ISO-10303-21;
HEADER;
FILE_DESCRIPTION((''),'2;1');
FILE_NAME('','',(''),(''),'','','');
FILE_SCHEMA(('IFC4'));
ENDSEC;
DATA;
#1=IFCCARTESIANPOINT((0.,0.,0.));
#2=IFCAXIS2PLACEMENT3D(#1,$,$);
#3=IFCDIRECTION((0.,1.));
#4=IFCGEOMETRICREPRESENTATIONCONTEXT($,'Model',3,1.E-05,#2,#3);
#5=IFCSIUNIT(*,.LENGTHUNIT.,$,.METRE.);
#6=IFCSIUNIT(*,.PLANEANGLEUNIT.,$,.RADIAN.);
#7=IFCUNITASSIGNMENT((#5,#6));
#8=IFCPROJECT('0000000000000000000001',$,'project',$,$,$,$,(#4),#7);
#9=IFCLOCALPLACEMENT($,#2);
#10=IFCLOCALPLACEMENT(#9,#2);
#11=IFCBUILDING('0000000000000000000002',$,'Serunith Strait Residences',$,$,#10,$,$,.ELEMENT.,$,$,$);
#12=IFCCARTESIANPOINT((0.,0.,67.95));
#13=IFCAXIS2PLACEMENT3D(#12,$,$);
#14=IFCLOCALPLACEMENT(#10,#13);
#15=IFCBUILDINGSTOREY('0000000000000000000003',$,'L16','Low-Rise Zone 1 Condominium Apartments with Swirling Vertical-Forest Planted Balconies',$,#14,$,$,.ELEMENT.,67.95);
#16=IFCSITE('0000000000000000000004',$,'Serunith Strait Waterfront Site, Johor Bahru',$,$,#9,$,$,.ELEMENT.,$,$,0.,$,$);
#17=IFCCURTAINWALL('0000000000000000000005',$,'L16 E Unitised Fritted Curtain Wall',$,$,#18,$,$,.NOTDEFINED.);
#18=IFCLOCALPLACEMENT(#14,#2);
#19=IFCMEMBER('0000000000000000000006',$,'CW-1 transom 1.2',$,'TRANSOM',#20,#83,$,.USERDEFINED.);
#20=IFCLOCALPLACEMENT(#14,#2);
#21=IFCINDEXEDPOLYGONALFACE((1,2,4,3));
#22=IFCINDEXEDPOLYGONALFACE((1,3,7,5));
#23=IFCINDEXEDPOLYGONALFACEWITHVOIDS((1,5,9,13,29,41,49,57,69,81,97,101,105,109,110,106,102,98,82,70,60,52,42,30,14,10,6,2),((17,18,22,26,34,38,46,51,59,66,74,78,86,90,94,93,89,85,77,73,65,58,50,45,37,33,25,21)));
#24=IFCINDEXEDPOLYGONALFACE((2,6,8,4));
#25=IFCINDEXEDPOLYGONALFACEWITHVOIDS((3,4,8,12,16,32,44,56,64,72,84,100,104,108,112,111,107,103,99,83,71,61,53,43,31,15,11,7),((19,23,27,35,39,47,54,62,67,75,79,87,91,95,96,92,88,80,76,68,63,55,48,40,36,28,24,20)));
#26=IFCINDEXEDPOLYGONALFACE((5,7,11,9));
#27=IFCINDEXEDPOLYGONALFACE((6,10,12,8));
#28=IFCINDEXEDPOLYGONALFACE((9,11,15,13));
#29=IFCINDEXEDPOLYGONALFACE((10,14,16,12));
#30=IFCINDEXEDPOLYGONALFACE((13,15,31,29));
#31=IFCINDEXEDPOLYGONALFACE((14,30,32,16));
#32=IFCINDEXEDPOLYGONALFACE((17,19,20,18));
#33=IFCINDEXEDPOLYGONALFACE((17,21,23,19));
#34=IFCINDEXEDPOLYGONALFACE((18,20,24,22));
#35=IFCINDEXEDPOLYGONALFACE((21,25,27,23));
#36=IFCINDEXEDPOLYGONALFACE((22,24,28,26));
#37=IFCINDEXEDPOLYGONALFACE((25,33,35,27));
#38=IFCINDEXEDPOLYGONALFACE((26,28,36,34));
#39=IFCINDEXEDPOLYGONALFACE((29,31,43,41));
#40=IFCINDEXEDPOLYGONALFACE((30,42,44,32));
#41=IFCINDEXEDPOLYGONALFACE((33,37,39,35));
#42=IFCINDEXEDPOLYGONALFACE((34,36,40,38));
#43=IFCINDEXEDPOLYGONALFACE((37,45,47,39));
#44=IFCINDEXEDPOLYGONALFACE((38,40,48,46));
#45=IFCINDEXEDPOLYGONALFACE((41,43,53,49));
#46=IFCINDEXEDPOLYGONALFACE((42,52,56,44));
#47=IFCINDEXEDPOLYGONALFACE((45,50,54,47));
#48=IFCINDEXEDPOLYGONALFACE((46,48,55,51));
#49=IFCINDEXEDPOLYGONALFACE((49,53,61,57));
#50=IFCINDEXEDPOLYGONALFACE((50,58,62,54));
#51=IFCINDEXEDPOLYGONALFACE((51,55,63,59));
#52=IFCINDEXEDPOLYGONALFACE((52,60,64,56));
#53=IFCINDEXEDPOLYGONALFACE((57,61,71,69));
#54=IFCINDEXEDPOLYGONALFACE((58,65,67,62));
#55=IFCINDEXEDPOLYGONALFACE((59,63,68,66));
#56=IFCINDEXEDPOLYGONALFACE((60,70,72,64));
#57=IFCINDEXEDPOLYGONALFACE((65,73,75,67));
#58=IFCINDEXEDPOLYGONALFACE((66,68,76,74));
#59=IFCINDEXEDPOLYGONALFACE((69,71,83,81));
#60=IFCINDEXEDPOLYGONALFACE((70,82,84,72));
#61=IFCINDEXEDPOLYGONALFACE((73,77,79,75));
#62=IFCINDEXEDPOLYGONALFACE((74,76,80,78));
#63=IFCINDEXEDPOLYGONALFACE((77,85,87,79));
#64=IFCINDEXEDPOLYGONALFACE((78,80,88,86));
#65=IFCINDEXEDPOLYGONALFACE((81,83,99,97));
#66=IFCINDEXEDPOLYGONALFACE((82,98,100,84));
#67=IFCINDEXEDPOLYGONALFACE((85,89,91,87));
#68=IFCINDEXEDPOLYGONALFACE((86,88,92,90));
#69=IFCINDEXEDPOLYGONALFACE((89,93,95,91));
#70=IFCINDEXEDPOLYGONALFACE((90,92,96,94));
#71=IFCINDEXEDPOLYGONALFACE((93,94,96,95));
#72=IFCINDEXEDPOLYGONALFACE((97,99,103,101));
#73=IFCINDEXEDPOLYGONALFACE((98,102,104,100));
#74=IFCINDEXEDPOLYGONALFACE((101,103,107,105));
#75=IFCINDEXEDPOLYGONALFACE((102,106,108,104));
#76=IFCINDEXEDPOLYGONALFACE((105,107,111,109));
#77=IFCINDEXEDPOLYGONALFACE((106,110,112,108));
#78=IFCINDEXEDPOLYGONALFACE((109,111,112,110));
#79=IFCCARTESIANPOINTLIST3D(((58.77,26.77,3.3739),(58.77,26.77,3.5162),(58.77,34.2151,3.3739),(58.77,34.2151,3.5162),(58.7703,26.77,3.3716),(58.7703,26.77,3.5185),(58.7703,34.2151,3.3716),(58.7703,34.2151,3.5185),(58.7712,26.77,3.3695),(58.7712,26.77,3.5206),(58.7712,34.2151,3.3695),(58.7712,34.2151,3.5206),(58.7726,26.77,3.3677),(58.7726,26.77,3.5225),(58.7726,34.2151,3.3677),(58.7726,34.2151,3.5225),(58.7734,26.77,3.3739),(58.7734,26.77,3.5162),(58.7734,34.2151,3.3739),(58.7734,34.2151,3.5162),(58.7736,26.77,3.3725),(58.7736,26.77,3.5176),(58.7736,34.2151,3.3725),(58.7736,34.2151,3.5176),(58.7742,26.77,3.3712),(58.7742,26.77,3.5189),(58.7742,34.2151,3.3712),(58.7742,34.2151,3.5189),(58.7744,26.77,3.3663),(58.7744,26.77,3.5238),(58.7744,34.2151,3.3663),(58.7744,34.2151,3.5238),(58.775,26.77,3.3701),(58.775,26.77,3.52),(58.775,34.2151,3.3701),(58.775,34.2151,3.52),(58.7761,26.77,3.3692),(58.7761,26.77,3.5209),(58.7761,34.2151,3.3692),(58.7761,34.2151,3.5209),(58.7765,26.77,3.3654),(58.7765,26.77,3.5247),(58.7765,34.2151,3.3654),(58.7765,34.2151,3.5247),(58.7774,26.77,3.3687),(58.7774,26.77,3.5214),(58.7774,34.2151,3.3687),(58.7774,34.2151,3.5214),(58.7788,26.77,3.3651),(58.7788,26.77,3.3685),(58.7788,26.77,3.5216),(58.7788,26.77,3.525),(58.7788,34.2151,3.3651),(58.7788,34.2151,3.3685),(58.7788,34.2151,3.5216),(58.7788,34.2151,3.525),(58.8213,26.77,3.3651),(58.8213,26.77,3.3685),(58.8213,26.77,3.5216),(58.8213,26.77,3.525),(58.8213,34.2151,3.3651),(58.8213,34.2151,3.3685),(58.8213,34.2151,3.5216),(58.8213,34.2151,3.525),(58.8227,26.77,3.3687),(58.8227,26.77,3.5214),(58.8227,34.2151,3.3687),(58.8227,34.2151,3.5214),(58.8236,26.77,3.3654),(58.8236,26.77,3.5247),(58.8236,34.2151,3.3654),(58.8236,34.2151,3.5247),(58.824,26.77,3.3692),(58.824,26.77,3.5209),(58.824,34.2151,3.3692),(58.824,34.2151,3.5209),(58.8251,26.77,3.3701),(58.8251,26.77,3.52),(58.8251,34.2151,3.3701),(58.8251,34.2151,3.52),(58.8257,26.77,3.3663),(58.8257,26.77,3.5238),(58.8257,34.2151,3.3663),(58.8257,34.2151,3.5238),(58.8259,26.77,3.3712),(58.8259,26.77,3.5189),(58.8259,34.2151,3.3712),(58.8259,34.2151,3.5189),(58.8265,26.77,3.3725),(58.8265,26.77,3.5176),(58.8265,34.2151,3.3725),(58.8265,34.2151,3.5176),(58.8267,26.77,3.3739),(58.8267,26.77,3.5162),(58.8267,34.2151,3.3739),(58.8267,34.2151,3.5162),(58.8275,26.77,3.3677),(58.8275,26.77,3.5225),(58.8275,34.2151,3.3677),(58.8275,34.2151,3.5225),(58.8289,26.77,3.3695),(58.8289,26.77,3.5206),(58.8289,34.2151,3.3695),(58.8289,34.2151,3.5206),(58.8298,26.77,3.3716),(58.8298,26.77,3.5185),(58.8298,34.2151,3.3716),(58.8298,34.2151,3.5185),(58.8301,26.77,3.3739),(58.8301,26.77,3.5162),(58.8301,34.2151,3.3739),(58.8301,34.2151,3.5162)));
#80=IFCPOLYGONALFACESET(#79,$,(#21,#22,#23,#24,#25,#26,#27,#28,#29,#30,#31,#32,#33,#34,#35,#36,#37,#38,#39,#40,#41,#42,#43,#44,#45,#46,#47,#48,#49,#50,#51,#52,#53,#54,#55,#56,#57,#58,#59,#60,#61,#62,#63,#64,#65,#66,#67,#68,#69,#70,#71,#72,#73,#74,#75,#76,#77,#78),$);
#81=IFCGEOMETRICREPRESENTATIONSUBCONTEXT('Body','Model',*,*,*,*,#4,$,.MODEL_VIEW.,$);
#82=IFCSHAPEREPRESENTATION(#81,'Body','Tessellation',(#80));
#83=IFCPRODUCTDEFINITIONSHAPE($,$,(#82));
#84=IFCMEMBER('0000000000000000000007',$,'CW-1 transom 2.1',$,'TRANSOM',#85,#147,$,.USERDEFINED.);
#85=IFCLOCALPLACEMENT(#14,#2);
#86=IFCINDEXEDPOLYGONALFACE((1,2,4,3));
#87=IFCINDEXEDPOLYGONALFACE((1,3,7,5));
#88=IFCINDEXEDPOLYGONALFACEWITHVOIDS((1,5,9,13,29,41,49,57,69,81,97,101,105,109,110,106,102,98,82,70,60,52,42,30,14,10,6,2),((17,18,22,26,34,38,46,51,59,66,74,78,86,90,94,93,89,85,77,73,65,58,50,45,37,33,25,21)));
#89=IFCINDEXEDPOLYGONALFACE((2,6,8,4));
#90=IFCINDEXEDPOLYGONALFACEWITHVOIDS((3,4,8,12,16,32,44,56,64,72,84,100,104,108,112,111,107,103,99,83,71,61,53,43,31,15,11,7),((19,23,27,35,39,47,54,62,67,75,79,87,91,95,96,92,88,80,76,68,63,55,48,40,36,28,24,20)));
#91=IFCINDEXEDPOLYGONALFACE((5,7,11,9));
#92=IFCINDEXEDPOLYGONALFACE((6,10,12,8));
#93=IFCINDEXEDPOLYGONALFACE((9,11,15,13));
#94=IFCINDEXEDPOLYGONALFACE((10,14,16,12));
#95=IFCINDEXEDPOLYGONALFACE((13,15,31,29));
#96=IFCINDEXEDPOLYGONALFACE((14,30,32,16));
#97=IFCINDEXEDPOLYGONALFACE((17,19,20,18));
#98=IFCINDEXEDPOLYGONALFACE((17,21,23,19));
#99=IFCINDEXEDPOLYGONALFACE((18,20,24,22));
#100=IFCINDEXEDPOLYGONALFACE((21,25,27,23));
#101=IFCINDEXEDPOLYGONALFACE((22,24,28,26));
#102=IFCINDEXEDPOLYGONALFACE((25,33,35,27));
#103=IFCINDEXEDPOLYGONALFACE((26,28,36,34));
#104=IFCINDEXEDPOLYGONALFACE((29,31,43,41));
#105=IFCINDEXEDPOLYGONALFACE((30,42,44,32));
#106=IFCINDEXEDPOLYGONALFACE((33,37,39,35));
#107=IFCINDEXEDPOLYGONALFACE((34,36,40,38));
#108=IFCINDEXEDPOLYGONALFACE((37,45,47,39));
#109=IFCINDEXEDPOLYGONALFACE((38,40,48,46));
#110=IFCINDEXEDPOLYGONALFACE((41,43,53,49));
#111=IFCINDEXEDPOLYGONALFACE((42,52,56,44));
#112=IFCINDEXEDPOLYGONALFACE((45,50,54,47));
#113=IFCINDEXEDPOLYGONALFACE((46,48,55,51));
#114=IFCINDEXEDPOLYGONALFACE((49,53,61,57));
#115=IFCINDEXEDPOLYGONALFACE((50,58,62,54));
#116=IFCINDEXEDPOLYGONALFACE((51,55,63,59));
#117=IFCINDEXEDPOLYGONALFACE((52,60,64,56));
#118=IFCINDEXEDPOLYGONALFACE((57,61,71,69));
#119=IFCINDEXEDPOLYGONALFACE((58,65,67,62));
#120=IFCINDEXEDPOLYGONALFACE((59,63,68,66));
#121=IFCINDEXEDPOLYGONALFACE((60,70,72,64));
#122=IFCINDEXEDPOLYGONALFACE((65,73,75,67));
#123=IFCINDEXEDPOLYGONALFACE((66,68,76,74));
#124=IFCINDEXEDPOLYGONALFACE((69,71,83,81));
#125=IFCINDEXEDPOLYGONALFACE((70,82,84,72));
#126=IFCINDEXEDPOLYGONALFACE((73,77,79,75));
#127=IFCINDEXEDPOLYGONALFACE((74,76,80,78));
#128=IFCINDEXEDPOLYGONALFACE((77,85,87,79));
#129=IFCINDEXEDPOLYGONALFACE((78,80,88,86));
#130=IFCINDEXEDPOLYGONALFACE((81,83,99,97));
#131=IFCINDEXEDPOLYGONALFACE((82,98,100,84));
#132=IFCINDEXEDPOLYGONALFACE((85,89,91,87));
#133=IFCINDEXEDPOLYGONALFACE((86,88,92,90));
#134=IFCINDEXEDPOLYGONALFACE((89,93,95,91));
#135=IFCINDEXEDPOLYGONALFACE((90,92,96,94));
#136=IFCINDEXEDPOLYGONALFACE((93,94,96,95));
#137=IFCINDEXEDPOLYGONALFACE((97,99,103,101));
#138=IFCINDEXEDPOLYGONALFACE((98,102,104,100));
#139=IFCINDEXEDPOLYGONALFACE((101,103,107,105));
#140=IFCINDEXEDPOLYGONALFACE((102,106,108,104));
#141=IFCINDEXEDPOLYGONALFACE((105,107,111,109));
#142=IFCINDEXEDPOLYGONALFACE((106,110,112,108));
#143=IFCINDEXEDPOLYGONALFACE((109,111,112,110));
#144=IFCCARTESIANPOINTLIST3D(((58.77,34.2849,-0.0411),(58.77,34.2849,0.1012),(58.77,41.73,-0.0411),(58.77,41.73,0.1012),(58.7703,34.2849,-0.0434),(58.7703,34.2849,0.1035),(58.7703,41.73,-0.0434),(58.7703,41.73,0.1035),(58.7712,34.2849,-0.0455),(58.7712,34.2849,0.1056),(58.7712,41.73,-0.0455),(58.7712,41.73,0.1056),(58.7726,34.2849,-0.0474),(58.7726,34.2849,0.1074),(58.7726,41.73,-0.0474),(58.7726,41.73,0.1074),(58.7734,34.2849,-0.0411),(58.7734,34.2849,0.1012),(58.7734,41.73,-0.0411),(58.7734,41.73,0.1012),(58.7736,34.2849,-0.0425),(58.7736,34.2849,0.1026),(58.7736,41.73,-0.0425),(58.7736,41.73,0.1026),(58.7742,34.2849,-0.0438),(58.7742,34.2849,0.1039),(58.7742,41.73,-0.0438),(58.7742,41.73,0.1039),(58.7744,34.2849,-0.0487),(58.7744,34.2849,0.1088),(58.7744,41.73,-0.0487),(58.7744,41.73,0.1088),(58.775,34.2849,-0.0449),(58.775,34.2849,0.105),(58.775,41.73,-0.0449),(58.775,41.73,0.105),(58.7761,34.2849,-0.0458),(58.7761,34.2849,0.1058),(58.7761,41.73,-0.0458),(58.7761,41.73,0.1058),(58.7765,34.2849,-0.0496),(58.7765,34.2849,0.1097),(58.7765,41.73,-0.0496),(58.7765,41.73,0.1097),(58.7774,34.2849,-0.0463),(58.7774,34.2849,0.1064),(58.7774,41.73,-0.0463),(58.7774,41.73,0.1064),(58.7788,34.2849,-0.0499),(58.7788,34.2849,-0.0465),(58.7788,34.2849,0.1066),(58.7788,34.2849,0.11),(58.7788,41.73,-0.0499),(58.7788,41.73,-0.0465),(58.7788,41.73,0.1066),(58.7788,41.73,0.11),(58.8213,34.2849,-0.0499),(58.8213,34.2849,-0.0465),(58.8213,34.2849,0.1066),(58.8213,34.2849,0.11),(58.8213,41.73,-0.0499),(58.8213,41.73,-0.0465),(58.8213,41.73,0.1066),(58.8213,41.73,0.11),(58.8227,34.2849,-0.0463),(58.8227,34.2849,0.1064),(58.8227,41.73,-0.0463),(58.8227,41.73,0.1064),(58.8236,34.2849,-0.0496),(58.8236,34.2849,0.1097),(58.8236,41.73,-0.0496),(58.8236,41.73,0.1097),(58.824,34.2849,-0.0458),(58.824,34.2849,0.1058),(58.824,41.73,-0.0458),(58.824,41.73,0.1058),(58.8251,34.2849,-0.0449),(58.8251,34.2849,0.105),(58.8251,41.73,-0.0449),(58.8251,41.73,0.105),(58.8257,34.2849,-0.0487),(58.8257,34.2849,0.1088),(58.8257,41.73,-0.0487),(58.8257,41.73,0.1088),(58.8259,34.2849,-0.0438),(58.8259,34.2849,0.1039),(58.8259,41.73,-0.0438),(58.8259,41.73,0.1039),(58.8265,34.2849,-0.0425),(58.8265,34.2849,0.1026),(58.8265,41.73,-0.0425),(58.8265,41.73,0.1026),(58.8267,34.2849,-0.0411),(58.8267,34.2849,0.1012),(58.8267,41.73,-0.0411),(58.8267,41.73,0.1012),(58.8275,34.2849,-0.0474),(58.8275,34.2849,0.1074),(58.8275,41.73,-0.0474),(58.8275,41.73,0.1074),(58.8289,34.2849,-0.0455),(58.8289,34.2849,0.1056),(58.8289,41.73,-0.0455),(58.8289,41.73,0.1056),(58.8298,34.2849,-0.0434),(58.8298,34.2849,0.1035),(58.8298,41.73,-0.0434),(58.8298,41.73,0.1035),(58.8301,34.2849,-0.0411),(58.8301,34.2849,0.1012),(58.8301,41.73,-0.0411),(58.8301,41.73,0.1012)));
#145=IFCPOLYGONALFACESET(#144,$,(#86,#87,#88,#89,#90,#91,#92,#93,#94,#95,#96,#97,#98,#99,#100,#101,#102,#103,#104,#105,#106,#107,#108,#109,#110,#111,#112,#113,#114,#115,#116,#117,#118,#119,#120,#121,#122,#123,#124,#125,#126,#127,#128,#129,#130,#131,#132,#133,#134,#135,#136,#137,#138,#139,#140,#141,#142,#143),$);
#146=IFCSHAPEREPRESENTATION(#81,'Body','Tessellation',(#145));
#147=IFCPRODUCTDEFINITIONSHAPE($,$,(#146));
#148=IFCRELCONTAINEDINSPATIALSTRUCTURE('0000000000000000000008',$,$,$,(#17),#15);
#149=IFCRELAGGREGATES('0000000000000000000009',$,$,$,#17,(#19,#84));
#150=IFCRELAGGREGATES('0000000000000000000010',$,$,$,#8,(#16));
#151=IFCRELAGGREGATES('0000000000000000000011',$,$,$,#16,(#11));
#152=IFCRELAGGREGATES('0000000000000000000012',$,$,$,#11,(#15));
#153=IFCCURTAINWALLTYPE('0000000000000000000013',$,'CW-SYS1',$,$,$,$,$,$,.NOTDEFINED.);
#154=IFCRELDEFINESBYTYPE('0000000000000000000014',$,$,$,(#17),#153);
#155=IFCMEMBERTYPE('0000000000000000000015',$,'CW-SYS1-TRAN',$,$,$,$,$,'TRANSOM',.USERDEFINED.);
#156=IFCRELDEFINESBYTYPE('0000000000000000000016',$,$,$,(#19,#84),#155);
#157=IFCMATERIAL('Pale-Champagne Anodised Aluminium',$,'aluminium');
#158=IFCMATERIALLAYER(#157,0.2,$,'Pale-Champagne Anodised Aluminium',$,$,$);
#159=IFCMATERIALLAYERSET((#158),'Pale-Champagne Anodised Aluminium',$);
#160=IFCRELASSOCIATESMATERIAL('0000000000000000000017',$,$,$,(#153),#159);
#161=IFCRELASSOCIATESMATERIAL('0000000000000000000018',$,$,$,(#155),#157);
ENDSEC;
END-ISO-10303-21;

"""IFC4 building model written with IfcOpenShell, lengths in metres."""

from ifc_helpers import new_model, si_unit, direction, frame, origin, origin_2d, place, context, subcontext, project, spatial, hollow_rectangle, extrude, source, transform, mapped, material, layer, layer_set, material_profile, profile_set, type_object, element, aggregate, save


model = new_model("IFC4")

# Units and contexts
model_context = context("Model", 3, precision=1e-05, world=origin(), true_north=direction((0.0, 1.0)))
body_context = subcontext(model_context, "Body", "Model", "MODEL_VIEW")
ifc_project = project(units=[si_unit("LENGTHUNIT", "METRE"), si_unit("PLANEANGLEUNIT", "RADIAN")], contexts=[model_context])

# Site, building, storey
site_placement = place(None, origin())
site = spatial("IfcSite", under=ifc_project, at=site_placement, Name="Serunith Strait Waterfront Site, Johor Bahru", CompositionType="ELEMENT", RefElevation=0.0)
building_placement = place(site_placement, origin())
building = spatial("IfcBuilding", under=site, at=building_placement, Name="Serunith Strait Residences", CompositionType="ELEMENT")
storey_placement = place(building_placement, frame((0.0, 0.0, 67.95)))
storey = spatial("IfcBuildingStorey", under=building, at=storey_placement, Name="L16", Description="Low-Rise Zone 1 Condominium Apartments with Swirling Vertical-Forest Planted Balconies", CompositionType="ELEMENT", Elevation=67.95)

# Shared definitions
ifc_material_1 = material(Name="Pale-Champagne Anodised Aluminium", Category="aluminium")
ifc_layer_1 = layer(ifc_material_1, 0.2, Name="Pale-Champagne Anodised Aluminium")
ifc_layer_set_1 = layer_set([ifc_layer_1], Name="Pale-Champagne Anodised Aluminium")
curtain_wall_type = type_object("IfcCurtainWallType", Name="CW-SYS1", PredefinedType="NOTDEFINED", material=ifc_layer_set_1)

# Curtain wall, members
curtain_wall_1_placement = place(storey_placement, origin())
curtain_wall_1 = element("IfcCurtainWall", 1, at=curtain_wall_1_placement, inside=storey, type_object=curtain_wall_type, Name="L16 E Unitised Fritted Curtain Wall", PredefinedType="NOTDEFINED")
ifc_material_profile_1 = material_profile(ifc_material_1, hollow_rectangle(XDim=0.0601, YDim=0.1599, WallThickness=0.0034, InnerFilletRadius=0.0054, OuterFilletRadius=0.0088, at=origin_2d()), Name="ALU 160x60x3.5")
ifc_profile_set_1 = profile_set([ifc_material_profile_1], Name="Pale-Champagne Anodised Aluminium")
member_type_1 = type_object("IfcMemberType", Name="CW-SYS1-TRAN", ElementType="TRANSOM", PredefinedType="USERDEFINED", material=ifc_profile_set_1)
shared_shape_1 = source(origin(), body_context, "Body", "SweptSolid", [
    extrude(hollow_rectangle(XDim=0.0601, YDim=0.1599, WallThickness=0.0034, InnerFilletRadius=0.0054, OuterFilletRadius=0.0088, at=origin_2d()), origin(), (0.0, 0.0, 1.0), 7.4451),
])
member_1_placement = place(storey_placement, frame((58.8, 26.77, 3.4451), z_axis=(0.0, 1.0, 0.0), x_axis=(-1.0, 0.0, 0.0)))
member_1 = element("IfcMember", 2, at=member_1_placement, type_object=member_type_1, Name="CW-1 transom 1.2", ObjectType="TRANSOM", PredefinedType="USERDEFINED", context=body_context, shape_type="MappedRepresentation", body=[
    mapped(shared_shape_1, transform((0.0, 0.0, 0.0), scale=1.0)),
])
member_2_placement = place(storey_placement, frame((58.8, 34.2849, 0.03), z_axis=(0.0, 1.0, 0.0), x_axis=(-1.0, 0.0, 0.0)))
member_2 = element("IfcMember", 3, at=member_2_placement, type_object=member_type_1, Name="CW-1 transom 2.1", ObjectType="TRANSOM", PredefinedType="USERDEFINED", context=body_context, shape_type="MappedRepresentation", body=[
    mapped(shared_shape_1, transform((0.0, 0.0, 0.0), scale=1.0)),
])
aggregate(curtain_wall_1, [member_1, member_2])

save(model, "model.ifc")
